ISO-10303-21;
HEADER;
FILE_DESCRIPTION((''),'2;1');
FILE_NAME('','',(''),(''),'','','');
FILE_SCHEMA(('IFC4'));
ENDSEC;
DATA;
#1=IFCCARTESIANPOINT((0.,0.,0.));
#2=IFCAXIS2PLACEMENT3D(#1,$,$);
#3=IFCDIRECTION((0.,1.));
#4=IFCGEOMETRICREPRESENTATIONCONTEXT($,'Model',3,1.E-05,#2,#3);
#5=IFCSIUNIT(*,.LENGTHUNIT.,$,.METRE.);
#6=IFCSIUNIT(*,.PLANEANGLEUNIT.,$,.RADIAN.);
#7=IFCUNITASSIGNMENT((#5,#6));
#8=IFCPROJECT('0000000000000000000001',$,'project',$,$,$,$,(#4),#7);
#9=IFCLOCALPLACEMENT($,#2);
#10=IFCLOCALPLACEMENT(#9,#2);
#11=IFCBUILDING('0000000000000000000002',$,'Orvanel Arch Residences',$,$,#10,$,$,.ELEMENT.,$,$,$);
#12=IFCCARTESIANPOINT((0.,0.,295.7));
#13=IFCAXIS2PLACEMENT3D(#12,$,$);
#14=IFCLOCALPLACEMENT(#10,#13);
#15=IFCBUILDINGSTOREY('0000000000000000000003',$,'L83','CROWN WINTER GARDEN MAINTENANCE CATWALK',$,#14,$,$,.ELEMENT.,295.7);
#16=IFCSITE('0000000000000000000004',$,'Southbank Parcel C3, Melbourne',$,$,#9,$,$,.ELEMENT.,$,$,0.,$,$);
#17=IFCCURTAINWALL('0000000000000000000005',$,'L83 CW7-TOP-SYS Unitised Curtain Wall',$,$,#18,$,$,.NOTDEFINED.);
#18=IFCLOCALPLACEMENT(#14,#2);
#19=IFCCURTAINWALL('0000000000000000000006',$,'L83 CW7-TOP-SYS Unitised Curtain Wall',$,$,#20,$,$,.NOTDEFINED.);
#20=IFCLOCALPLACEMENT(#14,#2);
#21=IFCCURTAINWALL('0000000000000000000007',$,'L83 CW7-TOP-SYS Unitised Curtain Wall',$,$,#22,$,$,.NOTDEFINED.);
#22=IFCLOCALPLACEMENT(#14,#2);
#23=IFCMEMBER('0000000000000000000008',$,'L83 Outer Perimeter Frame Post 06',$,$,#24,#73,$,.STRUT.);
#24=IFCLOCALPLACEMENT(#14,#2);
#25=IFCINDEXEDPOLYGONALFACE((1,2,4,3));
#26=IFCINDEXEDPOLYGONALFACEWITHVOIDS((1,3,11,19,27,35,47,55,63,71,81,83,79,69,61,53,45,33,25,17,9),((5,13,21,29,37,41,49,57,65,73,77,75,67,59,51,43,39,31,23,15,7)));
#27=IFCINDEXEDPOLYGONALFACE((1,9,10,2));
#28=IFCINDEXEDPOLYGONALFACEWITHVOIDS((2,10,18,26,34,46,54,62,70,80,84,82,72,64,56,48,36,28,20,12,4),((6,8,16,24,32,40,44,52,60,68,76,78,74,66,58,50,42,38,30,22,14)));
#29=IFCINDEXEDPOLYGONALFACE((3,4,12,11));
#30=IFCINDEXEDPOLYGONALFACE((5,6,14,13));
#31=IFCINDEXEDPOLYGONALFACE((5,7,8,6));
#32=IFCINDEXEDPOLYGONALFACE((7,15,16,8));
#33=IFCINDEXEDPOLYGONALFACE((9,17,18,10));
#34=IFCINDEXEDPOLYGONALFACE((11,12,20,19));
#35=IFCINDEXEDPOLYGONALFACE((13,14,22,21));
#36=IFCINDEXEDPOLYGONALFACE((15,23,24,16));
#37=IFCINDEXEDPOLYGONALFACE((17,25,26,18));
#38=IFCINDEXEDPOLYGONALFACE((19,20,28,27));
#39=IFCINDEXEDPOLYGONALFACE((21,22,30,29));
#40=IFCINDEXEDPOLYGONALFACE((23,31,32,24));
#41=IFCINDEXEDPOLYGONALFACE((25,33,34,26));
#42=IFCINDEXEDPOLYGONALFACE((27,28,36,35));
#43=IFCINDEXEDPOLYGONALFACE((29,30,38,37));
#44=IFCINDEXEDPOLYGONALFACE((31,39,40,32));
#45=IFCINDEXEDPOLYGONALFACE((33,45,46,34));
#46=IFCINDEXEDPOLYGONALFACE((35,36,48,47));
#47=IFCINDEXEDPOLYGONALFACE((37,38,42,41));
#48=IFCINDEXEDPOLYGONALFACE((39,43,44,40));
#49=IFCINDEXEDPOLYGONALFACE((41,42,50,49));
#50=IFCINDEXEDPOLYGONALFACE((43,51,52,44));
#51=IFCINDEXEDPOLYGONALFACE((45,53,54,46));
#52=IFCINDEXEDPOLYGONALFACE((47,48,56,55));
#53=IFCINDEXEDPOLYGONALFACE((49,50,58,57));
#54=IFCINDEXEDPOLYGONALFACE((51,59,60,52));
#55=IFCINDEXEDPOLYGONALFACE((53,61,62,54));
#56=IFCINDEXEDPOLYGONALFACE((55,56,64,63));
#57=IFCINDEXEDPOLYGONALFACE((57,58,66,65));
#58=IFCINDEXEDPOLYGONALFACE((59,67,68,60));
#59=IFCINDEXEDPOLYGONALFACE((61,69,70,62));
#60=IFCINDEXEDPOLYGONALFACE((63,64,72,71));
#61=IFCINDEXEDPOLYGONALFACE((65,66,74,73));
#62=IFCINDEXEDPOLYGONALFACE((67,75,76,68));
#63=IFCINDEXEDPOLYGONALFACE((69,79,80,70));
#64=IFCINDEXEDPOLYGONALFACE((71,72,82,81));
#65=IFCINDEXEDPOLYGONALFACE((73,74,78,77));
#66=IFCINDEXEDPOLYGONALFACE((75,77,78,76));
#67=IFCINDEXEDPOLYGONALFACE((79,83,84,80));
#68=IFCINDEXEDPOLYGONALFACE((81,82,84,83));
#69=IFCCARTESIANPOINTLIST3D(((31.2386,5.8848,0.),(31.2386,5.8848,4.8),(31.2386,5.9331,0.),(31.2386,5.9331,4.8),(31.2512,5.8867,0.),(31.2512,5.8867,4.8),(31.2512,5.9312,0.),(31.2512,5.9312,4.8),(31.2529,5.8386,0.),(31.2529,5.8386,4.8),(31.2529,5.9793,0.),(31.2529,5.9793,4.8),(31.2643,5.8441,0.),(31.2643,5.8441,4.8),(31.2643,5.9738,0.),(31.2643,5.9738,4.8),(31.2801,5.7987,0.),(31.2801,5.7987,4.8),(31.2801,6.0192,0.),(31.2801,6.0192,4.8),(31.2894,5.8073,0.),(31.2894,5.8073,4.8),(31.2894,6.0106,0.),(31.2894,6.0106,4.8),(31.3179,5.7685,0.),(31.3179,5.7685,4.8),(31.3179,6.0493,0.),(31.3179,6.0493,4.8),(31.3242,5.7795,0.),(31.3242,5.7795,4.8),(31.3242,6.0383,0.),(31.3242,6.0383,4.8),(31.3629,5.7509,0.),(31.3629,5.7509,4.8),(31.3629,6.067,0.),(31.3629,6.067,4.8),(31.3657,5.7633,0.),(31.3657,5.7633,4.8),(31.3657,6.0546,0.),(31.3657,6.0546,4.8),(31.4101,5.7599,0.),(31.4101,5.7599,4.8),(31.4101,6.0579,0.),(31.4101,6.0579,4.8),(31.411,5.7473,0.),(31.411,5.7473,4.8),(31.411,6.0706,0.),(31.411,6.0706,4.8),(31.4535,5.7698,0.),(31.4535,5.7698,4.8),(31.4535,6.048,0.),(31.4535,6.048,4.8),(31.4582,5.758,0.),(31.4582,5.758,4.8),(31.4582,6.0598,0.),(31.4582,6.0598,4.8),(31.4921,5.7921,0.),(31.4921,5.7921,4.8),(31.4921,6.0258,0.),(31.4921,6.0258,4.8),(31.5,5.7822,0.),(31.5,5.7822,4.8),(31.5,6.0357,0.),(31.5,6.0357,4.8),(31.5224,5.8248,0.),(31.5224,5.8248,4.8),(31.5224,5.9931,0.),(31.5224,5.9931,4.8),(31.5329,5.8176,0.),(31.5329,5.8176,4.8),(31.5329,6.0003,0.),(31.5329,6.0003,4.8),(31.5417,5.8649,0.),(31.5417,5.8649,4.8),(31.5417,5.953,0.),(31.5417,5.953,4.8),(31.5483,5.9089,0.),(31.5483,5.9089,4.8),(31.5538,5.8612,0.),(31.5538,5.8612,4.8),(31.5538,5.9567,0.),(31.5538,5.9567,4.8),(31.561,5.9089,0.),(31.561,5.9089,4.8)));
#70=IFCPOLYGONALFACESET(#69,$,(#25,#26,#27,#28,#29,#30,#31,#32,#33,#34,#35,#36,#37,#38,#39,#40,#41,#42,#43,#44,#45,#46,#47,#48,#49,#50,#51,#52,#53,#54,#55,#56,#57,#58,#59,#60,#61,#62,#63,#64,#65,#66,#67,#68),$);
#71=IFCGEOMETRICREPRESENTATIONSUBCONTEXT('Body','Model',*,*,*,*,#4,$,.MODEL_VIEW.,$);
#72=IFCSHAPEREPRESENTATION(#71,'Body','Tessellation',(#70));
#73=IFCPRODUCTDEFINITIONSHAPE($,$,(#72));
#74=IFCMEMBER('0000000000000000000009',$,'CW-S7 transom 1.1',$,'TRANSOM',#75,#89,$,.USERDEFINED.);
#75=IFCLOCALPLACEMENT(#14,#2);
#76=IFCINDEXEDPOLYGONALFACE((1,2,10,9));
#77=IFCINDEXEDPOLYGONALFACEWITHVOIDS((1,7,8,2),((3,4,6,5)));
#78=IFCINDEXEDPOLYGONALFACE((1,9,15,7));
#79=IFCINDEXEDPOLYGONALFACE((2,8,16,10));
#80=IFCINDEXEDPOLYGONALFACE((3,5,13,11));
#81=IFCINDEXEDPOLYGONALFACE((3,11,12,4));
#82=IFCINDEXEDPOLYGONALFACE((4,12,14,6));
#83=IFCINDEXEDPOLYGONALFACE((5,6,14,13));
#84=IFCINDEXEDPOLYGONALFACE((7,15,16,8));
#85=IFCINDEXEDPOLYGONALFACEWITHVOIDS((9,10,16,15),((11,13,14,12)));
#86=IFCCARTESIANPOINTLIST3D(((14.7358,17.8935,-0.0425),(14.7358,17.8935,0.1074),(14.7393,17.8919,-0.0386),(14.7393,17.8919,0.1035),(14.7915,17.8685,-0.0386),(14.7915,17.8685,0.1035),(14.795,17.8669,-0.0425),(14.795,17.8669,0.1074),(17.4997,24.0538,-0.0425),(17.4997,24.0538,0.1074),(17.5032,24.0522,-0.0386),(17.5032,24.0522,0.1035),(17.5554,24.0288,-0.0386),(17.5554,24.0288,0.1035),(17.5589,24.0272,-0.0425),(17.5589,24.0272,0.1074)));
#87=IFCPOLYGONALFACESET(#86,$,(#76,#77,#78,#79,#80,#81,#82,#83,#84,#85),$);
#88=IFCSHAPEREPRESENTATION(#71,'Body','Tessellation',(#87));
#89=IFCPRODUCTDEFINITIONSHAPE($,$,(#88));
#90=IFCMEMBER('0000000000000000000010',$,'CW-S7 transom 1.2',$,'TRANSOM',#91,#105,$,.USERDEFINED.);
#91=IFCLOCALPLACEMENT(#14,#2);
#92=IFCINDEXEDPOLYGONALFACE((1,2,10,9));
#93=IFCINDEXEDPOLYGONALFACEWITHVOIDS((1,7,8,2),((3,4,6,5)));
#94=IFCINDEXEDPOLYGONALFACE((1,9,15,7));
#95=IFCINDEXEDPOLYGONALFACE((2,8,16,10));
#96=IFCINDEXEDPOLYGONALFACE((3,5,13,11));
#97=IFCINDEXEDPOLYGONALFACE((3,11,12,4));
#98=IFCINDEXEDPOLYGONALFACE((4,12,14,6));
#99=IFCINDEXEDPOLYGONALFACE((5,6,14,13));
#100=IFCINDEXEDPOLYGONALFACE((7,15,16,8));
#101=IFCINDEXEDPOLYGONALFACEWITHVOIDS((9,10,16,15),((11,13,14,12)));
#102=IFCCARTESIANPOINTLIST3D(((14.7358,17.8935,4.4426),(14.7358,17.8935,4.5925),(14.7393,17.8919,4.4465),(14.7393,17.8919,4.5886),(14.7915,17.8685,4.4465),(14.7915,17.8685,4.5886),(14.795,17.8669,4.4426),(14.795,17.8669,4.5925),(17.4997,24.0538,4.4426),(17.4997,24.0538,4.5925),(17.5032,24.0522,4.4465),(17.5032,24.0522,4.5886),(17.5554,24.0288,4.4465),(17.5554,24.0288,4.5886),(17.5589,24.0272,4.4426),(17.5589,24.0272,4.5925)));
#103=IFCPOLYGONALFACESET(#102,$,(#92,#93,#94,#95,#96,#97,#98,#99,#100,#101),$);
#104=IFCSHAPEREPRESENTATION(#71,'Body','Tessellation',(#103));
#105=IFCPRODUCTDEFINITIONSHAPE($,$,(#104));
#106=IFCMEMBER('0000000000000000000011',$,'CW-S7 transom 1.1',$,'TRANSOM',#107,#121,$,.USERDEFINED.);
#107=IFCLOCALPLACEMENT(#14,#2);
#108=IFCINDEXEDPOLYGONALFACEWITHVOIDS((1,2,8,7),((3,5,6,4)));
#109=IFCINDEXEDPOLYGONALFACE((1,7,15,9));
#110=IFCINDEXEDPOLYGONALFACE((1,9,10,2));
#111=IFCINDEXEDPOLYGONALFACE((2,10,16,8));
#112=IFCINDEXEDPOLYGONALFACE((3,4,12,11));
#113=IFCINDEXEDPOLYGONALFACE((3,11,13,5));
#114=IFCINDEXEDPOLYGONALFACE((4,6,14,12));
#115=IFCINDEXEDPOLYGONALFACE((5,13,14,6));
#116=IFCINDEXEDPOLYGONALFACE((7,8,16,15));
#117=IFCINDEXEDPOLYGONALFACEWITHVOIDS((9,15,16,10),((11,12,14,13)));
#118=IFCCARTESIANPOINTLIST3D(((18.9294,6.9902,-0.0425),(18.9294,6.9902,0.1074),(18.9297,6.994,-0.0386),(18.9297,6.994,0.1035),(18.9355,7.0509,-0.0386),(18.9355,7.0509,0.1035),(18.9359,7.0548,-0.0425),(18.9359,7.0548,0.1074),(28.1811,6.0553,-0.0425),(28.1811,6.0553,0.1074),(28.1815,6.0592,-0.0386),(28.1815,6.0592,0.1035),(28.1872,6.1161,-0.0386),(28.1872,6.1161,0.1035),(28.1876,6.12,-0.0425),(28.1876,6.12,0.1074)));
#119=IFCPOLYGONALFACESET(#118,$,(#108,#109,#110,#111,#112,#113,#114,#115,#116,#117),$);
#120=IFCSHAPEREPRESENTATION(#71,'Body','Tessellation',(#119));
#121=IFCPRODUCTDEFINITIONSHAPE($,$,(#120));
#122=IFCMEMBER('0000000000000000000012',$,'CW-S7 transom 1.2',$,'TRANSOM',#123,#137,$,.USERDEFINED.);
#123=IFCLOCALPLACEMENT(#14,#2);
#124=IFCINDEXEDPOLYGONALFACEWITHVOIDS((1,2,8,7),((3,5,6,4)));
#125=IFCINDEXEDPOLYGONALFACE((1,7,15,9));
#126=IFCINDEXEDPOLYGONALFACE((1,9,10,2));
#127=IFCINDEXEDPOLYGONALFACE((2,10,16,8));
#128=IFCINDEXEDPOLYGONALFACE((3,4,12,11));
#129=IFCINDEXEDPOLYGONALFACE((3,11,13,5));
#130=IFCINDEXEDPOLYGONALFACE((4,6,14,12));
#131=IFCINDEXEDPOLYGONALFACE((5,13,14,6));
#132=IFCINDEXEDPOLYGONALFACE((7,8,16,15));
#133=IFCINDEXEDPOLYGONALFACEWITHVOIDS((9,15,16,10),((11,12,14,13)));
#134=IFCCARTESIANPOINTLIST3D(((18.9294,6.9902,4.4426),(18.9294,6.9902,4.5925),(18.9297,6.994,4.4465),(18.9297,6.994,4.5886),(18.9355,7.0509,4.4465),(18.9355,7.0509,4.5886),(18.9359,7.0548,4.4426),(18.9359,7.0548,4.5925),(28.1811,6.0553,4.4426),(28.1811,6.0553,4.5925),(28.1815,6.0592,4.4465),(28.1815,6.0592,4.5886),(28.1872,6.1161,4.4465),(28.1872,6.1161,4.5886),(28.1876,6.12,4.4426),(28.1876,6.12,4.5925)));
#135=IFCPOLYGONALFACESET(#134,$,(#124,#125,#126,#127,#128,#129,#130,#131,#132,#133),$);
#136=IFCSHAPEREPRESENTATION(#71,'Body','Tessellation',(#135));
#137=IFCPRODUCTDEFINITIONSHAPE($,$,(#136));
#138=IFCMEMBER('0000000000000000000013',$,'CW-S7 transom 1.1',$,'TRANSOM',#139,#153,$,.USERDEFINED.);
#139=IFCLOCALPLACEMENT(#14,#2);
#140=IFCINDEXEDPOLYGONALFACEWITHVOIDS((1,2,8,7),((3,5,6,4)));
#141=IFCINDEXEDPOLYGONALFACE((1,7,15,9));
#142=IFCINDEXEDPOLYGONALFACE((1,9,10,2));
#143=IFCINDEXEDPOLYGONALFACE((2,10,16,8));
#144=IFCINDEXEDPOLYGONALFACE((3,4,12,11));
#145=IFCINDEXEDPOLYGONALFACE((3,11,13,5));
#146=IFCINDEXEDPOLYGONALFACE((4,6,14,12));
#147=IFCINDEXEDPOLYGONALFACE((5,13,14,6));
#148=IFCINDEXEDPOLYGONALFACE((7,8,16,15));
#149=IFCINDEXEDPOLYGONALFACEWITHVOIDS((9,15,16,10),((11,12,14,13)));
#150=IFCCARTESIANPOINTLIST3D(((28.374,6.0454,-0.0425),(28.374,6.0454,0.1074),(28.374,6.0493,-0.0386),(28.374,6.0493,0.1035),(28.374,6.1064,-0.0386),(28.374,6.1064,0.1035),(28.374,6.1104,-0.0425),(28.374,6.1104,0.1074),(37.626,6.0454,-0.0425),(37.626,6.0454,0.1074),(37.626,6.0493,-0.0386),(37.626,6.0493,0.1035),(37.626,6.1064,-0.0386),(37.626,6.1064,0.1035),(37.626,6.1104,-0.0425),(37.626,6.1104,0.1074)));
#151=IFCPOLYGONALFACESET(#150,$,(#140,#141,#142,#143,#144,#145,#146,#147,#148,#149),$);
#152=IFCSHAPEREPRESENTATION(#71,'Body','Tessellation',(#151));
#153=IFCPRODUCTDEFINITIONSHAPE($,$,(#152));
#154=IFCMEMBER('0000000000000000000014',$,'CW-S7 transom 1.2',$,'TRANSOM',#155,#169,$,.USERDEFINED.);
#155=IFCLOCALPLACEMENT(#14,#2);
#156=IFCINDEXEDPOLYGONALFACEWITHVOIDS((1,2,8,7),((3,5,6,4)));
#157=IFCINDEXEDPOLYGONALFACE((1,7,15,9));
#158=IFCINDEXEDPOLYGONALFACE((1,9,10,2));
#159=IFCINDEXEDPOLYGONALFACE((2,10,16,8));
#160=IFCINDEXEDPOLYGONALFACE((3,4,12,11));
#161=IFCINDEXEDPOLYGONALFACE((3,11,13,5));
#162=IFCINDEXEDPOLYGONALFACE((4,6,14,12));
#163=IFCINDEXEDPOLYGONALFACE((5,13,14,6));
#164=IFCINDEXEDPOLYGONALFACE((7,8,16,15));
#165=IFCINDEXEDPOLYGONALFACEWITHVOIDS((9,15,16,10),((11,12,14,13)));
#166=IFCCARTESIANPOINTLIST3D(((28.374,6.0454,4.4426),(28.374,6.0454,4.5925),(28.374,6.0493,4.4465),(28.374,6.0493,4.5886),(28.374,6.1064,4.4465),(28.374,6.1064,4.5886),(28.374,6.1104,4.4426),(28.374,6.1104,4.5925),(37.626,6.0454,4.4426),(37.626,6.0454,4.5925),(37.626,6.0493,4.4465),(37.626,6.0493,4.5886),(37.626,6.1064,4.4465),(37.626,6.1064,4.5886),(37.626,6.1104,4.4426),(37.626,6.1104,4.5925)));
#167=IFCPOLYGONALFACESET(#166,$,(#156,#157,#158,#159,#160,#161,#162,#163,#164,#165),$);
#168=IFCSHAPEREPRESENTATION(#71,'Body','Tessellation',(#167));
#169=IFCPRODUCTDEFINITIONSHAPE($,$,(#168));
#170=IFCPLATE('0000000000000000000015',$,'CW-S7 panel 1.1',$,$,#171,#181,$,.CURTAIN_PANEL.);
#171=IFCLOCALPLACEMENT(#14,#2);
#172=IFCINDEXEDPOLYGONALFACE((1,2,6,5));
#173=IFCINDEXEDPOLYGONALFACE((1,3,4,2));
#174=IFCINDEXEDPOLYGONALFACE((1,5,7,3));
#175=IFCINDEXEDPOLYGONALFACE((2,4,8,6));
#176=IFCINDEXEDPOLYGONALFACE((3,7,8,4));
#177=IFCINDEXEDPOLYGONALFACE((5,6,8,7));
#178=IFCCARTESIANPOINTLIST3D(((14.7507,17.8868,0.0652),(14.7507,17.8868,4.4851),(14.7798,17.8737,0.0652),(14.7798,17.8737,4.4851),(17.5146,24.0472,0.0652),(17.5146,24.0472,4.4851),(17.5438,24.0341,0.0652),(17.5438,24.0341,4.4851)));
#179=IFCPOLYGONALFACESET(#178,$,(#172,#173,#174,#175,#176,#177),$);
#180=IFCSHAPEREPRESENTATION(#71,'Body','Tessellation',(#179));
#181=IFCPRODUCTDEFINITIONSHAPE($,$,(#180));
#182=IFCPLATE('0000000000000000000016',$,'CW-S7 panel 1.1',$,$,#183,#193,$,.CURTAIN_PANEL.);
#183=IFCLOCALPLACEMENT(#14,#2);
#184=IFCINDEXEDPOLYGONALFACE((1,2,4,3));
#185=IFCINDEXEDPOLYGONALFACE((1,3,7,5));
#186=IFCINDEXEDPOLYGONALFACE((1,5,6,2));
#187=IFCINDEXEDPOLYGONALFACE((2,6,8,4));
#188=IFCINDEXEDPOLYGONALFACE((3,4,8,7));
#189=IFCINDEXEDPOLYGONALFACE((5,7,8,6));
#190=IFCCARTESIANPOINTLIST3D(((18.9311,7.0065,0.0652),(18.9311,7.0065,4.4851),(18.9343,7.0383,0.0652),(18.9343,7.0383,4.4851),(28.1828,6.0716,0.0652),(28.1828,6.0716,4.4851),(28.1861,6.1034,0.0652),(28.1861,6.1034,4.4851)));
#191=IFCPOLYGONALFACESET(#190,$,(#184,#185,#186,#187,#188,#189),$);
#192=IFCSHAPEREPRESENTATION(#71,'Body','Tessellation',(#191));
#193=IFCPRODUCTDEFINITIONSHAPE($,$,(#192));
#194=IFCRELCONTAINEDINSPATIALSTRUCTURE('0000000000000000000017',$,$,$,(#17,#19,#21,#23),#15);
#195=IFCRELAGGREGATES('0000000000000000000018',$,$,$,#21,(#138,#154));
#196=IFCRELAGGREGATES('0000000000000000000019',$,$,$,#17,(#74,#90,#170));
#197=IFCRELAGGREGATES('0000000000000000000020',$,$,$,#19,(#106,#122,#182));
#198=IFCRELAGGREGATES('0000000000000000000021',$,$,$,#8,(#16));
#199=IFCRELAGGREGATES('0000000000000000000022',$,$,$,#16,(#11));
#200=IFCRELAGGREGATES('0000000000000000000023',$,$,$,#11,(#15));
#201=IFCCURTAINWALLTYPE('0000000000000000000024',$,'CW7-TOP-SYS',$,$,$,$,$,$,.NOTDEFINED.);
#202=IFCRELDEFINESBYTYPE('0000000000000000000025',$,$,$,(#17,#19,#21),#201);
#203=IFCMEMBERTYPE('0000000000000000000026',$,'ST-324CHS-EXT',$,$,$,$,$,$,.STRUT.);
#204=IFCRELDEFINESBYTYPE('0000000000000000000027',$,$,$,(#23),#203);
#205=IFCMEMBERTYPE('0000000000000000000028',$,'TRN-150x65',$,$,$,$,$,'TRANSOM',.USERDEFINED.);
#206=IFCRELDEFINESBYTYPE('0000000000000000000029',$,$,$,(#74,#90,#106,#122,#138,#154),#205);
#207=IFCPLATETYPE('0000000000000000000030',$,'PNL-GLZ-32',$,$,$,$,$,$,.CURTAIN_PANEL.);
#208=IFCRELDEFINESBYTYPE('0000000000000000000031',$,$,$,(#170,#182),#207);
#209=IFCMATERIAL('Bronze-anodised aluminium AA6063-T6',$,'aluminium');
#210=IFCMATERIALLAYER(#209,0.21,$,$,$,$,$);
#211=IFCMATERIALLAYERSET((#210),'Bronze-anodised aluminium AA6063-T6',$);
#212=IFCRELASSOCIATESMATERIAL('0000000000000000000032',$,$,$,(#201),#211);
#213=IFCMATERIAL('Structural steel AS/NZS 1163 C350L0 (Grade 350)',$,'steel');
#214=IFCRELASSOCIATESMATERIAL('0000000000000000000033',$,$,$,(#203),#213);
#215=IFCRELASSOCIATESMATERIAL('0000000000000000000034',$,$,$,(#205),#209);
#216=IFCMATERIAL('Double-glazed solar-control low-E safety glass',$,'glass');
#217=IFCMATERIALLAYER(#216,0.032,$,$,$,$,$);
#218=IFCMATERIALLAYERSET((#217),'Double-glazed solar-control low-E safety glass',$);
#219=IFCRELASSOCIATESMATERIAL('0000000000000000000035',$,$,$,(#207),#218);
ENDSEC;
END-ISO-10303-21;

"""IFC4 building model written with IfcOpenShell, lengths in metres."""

from ifc_helpers import new_model, si_unit, direction, frame, origin, origin_2d, place, context, subcontext, project, spatial, rectangle, hollow_rectangle, hollow_circle, extrude, material, layer, layer_set, material_profile, profile_set, type_object, element, aggregate, save


model = new_model("IFC4")

# Units and contexts
model_context = context("Model", 3, precision=1e-05, world=origin(), true_north=direction((0.0, 1.0)))
body_context = subcontext(model_context, "Body", "Model", "MODEL_VIEW")
ifc_project = project(units=[si_unit("LENGTHUNIT", "METRE"), si_unit("PLANEANGLEUNIT", "RADIAN")], contexts=[model_context])

# Site, building, storey
site_placement = place(None, origin())
site = spatial("IfcSite", under=ifc_project, at=site_placement, Name="Southbank Parcel C3, Melbourne", CompositionType="ELEMENT", RefElevation=0.0)
building_placement = place(site_placement, origin())
building = spatial("IfcBuilding", under=site, at=building_placement, Name="Orvanel Arch Residences", CompositionType="ELEMENT")
storey_placement = place(building_placement, frame((0.0, 0.0, 295.7)))
storey = spatial("IfcBuildingStorey", under=building, at=storey_placement, Name="L83", Description="CROWN WINTER GARDEN MAINTENANCE CATWALK", CompositionType="ELEMENT", Elevation=295.7)

# Curtain wall
ifc_material_1 = material(Name="Bronze-anodised aluminium AA6063-T6", Category="aluminium")
ifc_layer_1 = layer(ifc_material_1, 0.21)
ifc_layer_set_1 = layer_set([ifc_layer_1], Name="Bronze-anodised aluminium AA6063-T6")
curtain_wall_type = type_object("IfcCurtainWallType", Name="CW7-TOP-SYS", PredefinedType="NOTDEFINED", material=ifc_layer_set_1)
curtain_wall_1_placement = place(storey_placement, origin())
curtain_wall_1 = element("IfcCurtainWall", 1, at=curtain_wall_1_placement, inside=storey, type_object=curtain_wall_type, Name="L83 CW7-TOP-SYS Unitised Curtain Wall", PredefinedType="NOTDEFINED")

# Curtain wall
curtain_wall_2_placement = place(storey_placement, origin())
curtain_wall_2 = element("IfcCurtainWall", 2, at=curtain_wall_2_placement, inside=storey, type_object=curtain_wall_type, Name="L83 CW7-TOP-SYS Unitised Curtain Wall", PredefinedType="NOTDEFINED")

# Curtain wall
curtain_wall_3_placement = place(storey_placement, origin())
curtain_wall_3 = element("IfcCurtainWall", 3, at=curtain_wall_3_placement, inside=storey, type_object=curtain_wall_type, Name="L83 CW7-TOP-SYS Unitised Curtain Wall", PredefinedType="NOTDEFINED")

# Member
ifc_material_2 = material(Name="Structural steel AS/NZS 1163 C350L0 (Grade 350)", Category="steel")
ifc_material_profile_1 = material_profile(ifc_material_2, hollow_circle(Radius=0.1621, WallThickness=0.0127, at=origin_2d()), Name="CHS324x12.7")
ifc_profile_set_1 = profile_set([ifc_material_profile_1], Name="Structural steel AS/NZS 1163 C350L0 (Grade 350)")
member_type_1 = type_object("IfcMemberType", Name="ST-324CHS-EXT", PredefinedType="STRUT", material=ifc_profile_set_1)
for number, where, z_axis, x_axis, name in (
    (4, (31.3989, 5.9089, 0.0), (0.0, 0.0, 1.0), (1.0, 0.0, 0.0), "L83 Outer Perimeter Frame Post 06"),
):
    element("IfcMember", number, at=place(storey_placement, frame(where, z_axis=z_axis, x_axis=x_axis)), inside=storey, type_object=member_type_1, Name=name, PredefinedType="STRUT", context=body_context, shape_type="SweptSolid", body=[
        extrude(hollow_circle(Radius=0.1621, WallThickness=0.0127, at=origin_2d()), origin(), (0.0, 0.0, 1.0), 4.8),
    ])

# Members
ifc_material_profile_2 = material_profile(ifc_material_1, hollow_rectangle(XDim=0.0649, YDim=0.1499, WallThickness=0.0039, at=origin_2d()), Name="ALU150x65x4")
ifc_profile_set_2 = profile_set([ifc_material_profile_2], Name="Bronze-anodised aluminium AA6063-T6")
member_type_2 = type_object("IfcMemberType", Name="TRN-150x65", ElementType="TRANSOM", PredefinedType="USERDEFINED", material=ifc_profile_set_2)
member_1_placement = place(storey_placement, frame((17.5293, 24.0405, 0.0325), z_axis=(-0.409347, -0.912379, 0.0), x_axis=(0.912379, -0.409347, 0.0)))
member_1 = element("IfcMember", 5, at=member_1_placement, type_object=member_type_2, Name="CW-S7 transom 1.1", ObjectType="TRANSOM", PredefinedType="USERDEFINED", context=body_context, shape_type="SweptSolid", body=[
    extrude(hollow_rectangle(XDim=0.0649, YDim=0.1499, WallThickness=0.0039, at=origin_2d()), origin(), (0.0, 0.0, 1.0), 6.752),
])
member_2_placement = place(storey_placement, frame((17.5293, 24.0405, 4.5176), z_axis=(-0.409347, -0.912379, 0.0), x_axis=(0.912379, -0.409347, 0.0)))
member_2 = element("IfcMember", 6, at=member_2_placement, type_object=member_type_2, Name="CW-S7 transom 1.2", ObjectType="TRANSOM", PredefinedType="USERDEFINED", context=body_context, shape_type="SweptSolid", body=[
    extrude(hollow_rectangle(XDim=0.0649, YDim=0.1499, WallThickness=0.0039, at=origin_2d()), origin(), (0.0, 0.0, 1.0), 6.752),
])
member_3_placement = place(storey_placement, frame((18.9326, 7.0225, 0.0325), z_axis=(0.994934, -0.10053, 0.0), x_axis=(0.10053, 0.994934, 0.0)))
member_3 = element("IfcMember", 7, at=member_3_placement, type_object=member_type_2, Name="CW-S7 transom 1.1", ObjectType="TRANSOM", PredefinedType="USERDEFINED", context=body_context, shape_type="SweptSolid", body=[
    extrude(hollow_rectangle(XDim=0.0649, YDim=0.1499, WallThickness=0.0039, at=origin_2d()), origin(), (0.0, 0.0, 1.0), 9.2988),
])
member_4_placement = place(storey_placement, frame((18.9326, 7.0225, 4.5176), z_axis=(0.994934, -0.10053, 0.0), x_axis=(0.10053, 0.994934, 0.0)))
member_4 = element("IfcMember", 8, at=member_4_placement, type_object=member_type_2, Name="CW-S7 transom 1.2", ObjectType="TRANSOM", PredefinedType="USERDEFINED", context=body_context, shape_type="SweptSolid", body=[
    extrude(hollow_rectangle(XDim=0.0649, YDim=0.1499, WallThickness=0.0039, at=origin_2d()), origin(), (0.0, 0.0, 1.0), 9.2988),
])
member_5_placement = place(storey_placement, frame((28.374, 6.0779, 0.0325), z_axis=(1.0, 0.0, 0.0), x_axis=(0.0, 1.0, 0.0)))
member_5 = element("IfcMember", 9, at=member_5_placement, type_object=member_type_2, Name="CW-S7 transom 1.1", ObjectType="TRANSOM", PredefinedType="USERDEFINED", context=body_context, shape_type="SweptSolid", body=[
    extrude(hollow_rectangle(XDim=0.0649, YDim=0.1499, WallThickness=0.0039, at=origin_2d()), origin(), (0.0, 0.0, 1.0), 9.252),
])
member_6_placement = place(storey_placement, frame((28.374, 6.0779, 4.5176), z_axis=(1.0, 0.0, 0.0), x_axis=(0.0, 1.0, 0.0)))
member_6 = element("IfcMember", 10, at=member_6_placement, type_object=member_type_2, Name="CW-S7 transom 1.2", ObjectType="TRANSOM", PredefinedType="USERDEFINED", context=body_context, shape_type="SweptSolid", body=[
    extrude(hollow_rectangle(XDim=0.0649, YDim=0.1499, WallThickness=0.0039, at=origin_2d()), origin(), (0.0, 0.0, 1.0), 9.252),
])
aggregate(curtain_wall_3, [member_5, member_6])

# Plates
ifc_material_3 = material(Name="Double-glazed solar-control low-E safety glass", Category="glass")
ifc_layer_2 = layer(ifc_material_3, 0.032)
ifc_layer_set_2 = layer_set([ifc_layer_2], Name="Double-glazed solar-control low-E safety glass")
plate_type = type_object("IfcPlateType", Name="PNL-GLZ-32", PredefinedType="CURTAIN_PANEL", material=ifc_layer_set_2)
plate_1_placement = place(storey_placement, frame((16.1472, 20.9604, 0.0652), z_axis=(0.0, 0.0, 1.0), x_axis=(-0.409353, -0.912376, 0.0)))
plate_1 = element("IfcPlate", 11, at=plate_1_placement, type_object=plate_type, Name="CW-S7 panel 1.1", PredefinedType="CURTAIN_PANEL", context=body_context, shape_type="SweptSolid", body=[
    extrude(rectangle(XDim=6.752, YDim=0.032, at=origin_2d()), origin(), (0.0, 0.0, 1.0), 4.4199),
])
aggregate(curtain_wall_1, [member_1, member_2, plate_1])
plate_2_placement = place(storey_placement, frame((23.5586, 6.5549, 0.0652), z_axis=(0.0, 0.0, 1.0), x_axis=(0.994933, -0.100541, 0.0)))
plate_2 = element("IfcPlate", 12, at=plate_2_placement, type_object=plate_type, Name="CW-S7 panel 1.1", PredefinedType="CURTAIN_PANEL", context=body_context, shape_type="SweptSolid", body=[
    extrude(rectangle(XDim=9.2988, YDim=0.032, at=origin_2d()), origin(), (0.0, 0.0, 1.0), 4.4199),
])
aggregate(curtain_wall_2, [member_3, member_4, plate_2])

save(model, "model.ifc")
